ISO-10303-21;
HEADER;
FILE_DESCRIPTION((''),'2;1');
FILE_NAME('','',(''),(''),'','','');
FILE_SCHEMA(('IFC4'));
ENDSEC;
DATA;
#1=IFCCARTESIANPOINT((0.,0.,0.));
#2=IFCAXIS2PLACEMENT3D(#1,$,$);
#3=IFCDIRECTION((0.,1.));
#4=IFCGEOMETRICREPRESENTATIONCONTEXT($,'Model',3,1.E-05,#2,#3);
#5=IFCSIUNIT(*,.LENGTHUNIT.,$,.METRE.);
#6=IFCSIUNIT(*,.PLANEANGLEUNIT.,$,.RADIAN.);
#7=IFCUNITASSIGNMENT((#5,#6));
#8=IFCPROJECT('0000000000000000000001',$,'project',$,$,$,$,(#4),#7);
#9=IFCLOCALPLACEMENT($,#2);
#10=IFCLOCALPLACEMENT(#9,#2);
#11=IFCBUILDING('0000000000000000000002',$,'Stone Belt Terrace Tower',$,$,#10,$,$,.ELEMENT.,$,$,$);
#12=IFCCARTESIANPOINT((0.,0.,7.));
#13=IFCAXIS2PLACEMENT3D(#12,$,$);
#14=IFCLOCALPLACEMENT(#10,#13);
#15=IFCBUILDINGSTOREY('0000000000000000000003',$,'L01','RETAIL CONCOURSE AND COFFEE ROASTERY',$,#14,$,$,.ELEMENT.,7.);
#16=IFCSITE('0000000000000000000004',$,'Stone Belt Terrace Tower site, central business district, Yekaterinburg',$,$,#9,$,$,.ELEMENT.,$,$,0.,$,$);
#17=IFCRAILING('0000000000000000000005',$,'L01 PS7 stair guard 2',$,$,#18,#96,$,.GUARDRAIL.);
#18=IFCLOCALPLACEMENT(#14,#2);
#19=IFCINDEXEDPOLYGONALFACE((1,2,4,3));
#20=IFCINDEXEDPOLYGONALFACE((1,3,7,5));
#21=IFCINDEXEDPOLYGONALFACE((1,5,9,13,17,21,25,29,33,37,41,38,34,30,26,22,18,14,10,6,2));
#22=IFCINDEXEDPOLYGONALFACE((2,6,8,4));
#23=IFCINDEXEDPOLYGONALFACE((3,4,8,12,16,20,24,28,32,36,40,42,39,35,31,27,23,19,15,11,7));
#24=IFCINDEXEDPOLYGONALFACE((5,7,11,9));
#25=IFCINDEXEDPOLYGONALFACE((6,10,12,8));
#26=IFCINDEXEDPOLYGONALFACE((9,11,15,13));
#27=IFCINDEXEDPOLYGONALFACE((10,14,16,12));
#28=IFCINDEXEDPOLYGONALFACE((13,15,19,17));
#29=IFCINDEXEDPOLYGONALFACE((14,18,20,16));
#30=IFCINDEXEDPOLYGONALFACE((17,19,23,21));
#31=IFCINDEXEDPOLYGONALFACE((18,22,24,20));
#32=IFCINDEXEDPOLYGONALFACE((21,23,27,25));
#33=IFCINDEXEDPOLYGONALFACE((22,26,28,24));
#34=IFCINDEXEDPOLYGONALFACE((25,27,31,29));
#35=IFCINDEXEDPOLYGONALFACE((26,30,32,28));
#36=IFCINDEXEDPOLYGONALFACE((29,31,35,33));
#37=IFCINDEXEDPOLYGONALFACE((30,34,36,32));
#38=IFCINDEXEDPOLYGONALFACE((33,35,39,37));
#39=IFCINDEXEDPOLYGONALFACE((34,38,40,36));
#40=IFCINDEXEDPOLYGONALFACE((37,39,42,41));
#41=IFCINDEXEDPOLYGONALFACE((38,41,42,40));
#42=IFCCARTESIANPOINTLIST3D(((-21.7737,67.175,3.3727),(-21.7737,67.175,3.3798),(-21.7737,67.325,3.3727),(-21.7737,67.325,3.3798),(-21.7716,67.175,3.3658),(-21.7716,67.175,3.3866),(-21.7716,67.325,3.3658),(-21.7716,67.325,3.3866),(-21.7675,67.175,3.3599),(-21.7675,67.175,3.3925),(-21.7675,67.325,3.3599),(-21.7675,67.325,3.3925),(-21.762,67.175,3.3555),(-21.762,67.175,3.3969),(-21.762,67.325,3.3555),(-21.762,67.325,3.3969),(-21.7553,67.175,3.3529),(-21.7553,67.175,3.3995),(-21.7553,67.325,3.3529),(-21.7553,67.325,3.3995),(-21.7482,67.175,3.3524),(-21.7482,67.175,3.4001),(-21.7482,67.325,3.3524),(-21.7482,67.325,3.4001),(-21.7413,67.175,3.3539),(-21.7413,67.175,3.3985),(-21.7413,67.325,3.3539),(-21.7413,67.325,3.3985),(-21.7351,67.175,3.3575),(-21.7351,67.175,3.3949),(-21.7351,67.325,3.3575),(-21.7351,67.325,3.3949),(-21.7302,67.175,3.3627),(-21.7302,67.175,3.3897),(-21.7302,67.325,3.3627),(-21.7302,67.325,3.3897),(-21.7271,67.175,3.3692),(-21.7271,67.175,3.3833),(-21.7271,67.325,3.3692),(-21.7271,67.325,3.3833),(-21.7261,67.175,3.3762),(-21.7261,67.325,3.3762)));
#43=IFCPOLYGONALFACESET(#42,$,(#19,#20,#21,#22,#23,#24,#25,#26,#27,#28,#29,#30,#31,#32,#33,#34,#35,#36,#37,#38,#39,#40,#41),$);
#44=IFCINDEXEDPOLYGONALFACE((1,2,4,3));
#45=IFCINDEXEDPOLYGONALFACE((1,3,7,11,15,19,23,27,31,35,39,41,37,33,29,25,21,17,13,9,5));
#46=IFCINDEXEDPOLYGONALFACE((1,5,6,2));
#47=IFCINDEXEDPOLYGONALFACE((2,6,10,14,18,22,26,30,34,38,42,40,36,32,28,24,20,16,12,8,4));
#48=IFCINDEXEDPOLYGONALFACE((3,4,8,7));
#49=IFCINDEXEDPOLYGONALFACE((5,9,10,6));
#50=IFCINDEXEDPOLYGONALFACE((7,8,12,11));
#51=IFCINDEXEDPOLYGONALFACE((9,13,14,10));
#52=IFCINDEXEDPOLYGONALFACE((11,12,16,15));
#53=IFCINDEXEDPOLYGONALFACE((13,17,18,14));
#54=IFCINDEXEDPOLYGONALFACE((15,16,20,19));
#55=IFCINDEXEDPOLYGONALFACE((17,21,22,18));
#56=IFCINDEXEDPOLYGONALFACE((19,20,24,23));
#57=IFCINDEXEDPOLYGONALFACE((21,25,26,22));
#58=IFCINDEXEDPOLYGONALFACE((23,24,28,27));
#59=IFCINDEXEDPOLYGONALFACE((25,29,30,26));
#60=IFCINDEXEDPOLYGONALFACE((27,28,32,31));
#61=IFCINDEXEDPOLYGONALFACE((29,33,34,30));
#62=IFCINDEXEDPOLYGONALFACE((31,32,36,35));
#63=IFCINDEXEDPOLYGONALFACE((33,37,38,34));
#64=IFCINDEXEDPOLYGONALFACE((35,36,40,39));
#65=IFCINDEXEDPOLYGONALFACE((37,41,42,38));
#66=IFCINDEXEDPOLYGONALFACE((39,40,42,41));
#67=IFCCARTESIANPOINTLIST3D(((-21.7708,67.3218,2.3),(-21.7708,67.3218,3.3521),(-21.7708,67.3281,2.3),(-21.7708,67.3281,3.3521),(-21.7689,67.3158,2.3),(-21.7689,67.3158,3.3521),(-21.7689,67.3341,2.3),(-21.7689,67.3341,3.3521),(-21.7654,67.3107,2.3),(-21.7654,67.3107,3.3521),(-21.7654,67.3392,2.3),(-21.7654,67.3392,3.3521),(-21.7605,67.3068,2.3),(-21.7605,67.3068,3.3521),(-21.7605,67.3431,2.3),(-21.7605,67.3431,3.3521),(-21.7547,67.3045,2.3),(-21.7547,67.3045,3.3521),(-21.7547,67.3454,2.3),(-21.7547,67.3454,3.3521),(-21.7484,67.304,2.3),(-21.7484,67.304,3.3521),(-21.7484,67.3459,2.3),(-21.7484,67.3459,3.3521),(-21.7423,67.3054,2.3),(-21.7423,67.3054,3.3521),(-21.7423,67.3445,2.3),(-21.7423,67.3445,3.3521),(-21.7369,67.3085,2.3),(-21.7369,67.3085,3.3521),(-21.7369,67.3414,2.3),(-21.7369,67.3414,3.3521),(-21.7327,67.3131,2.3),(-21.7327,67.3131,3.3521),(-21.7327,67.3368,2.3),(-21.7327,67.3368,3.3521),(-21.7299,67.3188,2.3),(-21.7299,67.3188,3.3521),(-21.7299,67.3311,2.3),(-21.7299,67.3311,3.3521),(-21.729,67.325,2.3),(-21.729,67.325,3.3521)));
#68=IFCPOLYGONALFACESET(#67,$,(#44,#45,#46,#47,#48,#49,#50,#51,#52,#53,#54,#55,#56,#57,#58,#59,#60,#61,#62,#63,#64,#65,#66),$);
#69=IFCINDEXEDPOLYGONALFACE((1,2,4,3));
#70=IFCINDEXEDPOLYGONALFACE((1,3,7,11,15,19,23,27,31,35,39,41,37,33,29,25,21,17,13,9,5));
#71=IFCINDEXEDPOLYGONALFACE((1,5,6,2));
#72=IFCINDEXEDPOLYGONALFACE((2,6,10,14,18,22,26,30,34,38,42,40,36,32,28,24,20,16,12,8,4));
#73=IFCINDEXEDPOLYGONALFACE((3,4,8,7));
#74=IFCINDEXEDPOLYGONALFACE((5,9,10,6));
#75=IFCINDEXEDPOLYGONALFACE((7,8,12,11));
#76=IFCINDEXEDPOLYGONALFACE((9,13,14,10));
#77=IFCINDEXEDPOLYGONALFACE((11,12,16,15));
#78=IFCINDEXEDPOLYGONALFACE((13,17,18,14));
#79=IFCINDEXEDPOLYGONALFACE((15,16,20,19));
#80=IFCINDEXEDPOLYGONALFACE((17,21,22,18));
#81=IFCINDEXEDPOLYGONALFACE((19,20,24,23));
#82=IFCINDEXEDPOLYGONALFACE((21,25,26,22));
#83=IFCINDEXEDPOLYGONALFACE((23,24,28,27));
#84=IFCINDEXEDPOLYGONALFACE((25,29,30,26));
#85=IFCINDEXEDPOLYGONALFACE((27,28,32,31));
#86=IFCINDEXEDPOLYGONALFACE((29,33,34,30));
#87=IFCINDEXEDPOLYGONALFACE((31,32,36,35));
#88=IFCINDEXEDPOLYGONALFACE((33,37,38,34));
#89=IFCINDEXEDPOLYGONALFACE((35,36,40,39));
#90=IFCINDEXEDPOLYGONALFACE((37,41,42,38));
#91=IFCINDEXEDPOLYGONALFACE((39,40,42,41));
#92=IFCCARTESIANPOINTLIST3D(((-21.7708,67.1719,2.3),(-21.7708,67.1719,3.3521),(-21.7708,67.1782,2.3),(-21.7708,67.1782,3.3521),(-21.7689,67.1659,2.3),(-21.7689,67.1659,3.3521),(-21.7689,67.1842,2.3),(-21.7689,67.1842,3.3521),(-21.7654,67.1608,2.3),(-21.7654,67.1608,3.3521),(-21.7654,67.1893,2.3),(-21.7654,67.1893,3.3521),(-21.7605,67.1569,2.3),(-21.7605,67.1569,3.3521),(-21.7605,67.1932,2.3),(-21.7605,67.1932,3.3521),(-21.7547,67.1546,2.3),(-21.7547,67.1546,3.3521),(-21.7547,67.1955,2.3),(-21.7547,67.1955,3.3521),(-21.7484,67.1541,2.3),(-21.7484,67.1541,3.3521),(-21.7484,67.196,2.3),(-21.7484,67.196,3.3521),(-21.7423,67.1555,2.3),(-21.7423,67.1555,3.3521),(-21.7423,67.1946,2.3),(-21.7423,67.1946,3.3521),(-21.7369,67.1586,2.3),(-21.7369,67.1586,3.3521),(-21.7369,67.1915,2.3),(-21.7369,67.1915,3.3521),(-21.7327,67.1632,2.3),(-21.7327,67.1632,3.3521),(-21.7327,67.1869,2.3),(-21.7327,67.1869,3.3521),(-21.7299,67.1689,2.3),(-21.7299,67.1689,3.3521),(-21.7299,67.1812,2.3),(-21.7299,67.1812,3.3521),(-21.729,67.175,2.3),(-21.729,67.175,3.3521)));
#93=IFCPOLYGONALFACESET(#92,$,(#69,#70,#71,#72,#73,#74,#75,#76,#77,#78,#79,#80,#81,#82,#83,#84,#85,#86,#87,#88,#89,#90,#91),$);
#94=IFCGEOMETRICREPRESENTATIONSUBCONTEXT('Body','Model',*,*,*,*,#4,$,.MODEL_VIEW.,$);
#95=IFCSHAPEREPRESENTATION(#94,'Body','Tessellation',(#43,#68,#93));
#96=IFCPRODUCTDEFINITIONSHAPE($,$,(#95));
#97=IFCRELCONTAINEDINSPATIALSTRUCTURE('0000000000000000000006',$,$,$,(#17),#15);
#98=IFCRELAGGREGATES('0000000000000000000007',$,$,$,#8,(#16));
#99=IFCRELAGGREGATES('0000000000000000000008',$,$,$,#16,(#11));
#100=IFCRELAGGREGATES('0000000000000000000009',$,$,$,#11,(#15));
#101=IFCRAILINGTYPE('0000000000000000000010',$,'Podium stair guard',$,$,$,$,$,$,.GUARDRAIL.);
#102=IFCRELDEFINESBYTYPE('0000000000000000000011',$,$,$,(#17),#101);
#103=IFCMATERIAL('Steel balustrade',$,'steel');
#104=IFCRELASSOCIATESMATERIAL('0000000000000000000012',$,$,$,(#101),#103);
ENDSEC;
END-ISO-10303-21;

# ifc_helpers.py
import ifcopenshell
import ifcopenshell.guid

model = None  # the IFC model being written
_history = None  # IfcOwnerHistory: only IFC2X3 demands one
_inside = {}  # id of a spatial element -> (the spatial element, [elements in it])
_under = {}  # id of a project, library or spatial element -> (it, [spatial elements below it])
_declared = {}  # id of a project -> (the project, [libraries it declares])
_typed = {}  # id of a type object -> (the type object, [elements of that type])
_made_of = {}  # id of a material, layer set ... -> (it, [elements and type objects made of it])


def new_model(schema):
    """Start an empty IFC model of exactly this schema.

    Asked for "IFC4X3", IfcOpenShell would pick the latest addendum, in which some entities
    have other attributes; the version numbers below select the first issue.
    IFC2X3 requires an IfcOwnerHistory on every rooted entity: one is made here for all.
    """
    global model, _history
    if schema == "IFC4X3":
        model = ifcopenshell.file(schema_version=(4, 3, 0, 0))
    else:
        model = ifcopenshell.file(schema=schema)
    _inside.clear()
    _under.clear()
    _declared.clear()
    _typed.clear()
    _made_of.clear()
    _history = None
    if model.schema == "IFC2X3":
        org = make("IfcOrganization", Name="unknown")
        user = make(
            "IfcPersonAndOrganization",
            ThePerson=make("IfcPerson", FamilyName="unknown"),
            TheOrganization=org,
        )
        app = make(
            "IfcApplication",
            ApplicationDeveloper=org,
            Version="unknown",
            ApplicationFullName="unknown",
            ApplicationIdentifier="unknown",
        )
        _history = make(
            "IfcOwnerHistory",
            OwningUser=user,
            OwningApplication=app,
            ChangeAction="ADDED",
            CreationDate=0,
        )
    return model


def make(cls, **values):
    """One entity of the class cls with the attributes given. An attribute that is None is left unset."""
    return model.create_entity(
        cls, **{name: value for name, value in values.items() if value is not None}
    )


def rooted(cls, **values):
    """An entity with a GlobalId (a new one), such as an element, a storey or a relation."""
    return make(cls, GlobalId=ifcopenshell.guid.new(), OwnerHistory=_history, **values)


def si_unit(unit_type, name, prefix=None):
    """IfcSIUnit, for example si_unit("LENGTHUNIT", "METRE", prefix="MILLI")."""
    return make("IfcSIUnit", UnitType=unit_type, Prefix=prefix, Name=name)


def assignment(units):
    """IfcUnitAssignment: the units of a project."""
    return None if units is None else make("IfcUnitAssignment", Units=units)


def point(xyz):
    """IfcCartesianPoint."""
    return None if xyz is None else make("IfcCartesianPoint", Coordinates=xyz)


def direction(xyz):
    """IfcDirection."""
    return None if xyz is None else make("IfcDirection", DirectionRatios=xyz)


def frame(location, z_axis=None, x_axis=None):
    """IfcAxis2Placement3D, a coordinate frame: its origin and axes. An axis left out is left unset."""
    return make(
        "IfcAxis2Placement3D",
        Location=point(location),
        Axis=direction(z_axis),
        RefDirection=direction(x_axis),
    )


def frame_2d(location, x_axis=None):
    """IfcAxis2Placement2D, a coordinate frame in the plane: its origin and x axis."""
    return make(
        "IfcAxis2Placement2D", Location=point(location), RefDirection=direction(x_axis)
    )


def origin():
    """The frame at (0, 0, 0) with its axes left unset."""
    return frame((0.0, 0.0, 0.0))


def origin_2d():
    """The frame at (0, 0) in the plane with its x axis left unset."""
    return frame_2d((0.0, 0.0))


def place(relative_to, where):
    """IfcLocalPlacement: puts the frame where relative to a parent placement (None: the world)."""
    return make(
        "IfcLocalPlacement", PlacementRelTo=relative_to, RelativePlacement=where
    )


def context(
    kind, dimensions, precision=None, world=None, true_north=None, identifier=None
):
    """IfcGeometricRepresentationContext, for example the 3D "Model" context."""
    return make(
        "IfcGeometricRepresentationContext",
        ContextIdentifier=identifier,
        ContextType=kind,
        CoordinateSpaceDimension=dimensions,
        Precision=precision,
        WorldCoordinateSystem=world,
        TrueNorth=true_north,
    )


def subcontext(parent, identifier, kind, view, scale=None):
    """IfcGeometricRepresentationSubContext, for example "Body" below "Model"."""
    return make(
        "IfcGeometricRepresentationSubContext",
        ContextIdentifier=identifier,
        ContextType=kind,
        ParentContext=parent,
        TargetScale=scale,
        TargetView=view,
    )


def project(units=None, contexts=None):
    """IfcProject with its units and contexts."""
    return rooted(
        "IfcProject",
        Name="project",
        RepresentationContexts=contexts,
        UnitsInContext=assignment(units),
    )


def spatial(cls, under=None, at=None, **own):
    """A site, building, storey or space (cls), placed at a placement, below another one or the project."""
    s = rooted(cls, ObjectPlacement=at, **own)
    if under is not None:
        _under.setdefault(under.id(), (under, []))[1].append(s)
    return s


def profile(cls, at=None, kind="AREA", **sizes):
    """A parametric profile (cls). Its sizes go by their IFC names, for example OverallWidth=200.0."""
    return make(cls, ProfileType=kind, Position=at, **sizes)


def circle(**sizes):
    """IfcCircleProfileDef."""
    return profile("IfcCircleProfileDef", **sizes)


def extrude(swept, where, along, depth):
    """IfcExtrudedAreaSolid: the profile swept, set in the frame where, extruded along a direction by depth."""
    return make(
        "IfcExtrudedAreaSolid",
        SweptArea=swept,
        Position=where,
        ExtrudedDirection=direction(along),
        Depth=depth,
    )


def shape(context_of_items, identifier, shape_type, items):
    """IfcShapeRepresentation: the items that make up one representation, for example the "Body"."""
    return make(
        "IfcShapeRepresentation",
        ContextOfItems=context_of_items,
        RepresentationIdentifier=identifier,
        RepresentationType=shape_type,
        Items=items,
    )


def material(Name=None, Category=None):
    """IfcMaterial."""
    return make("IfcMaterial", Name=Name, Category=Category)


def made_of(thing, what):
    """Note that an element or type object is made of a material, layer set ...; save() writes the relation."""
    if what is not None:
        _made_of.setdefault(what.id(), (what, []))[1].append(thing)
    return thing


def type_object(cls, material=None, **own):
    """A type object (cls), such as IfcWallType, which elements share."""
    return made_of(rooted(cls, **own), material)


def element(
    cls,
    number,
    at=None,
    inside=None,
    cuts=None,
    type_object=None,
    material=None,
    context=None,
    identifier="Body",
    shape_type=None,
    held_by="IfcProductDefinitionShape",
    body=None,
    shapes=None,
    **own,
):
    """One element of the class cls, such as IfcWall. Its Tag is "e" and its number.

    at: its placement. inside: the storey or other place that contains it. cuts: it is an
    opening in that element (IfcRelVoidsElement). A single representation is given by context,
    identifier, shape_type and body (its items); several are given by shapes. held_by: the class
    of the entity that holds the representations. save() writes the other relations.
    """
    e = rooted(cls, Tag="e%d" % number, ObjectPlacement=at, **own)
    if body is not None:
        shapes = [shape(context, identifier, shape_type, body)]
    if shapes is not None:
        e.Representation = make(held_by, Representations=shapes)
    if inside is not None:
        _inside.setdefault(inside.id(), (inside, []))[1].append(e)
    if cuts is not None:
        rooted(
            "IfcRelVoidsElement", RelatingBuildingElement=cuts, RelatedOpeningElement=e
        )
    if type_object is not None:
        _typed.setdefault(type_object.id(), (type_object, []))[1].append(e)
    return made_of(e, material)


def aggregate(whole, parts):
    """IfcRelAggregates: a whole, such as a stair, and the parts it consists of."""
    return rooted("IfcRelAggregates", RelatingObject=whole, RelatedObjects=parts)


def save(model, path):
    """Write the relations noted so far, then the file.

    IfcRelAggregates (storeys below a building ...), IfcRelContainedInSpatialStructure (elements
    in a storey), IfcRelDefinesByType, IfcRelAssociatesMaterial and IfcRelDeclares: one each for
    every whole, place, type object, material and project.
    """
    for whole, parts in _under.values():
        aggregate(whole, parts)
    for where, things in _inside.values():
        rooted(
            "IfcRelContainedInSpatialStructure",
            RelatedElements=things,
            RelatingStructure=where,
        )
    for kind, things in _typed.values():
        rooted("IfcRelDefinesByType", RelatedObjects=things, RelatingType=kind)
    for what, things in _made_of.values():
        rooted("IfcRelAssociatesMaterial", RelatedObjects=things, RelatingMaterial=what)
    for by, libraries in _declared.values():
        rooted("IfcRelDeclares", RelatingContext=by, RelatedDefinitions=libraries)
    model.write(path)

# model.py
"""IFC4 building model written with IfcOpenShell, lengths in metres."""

from ifc_helpers import new_model, si_unit, direction, frame, origin, origin_2d, place, context, subcontext, project, spatial, circle, extrude, material, type_object, element, save


model = new_model("IFC4")

# Units and contexts
model_context = context("Model", 3, precision=1e-05, world=origin(), true_north=direction((0.0, 1.0)))
body_context = subcontext(model_context, "Body", "Model", "MODEL_VIEW")
ifc_project = project(units=[si_unit("LENGTHUNIT", "METRE"), si_unit("PLANEANGLEUNIT", "RADIAN")], contexts=[model_context])

# Site, building, storey
site_placement = place(None, origin())
site = spatial("IfcSite", under=ifc_project, at=site_placement, Name="Stone Belt Terrace Tower site, central business district, Yekaterinburg", CompositionType="ELEMENT", RefElevation=0.0)
building_placement = place(site_placement, origin())
building = spatial("IfcBuilding", under=site, at=building_placement, Name="Stone Belt Terrace Tower", CompositionType="ELEMENT")
storey_placement = place(building_placement, frame((0.0, 0.0, 7.0)))
storey = spatial("IfcBuildingStorey", under=building, at=storey_placement, Name="L01", Description="RETAIL CONCOURSE AND COFFEE ROASTERY", CompositionType="ELEMENT", Elevation=7.0)

# Railing
ifc_material_1 = material(Name="Steel balustrade", Category="steel")
railing_type_1 = type_object("IfcRailingType", Name="Podium stair guard", PredefinedType="GUARDRAIL", material=ifc_material_1)
railing_1_placement = place(storey_placement, frame((-21.75, 67.325, 2.3)))
element("IfcRailing", 1, at=railing_1_placement, inside=storey, type_object=railing_type_1, Name="L01 PS7 stair guard 2", PredefinedType="GUARDRAIL", context=body_context, shape_type="SweptSolid", body=[
    extrude(circle(Radius=0.0239, at=origin_2d()), frame((0.0, 0.0, 1.0762), z_axis=(0.0, -1.0, 0.0), x_axis=(1.0, 0.0, 0.0)), (0.0, 0.0, 1.0), 0.1499),
    extrude(circle(Radius=0.021, at=origin_2d()), origin(), (0.0, 0.0, 1.0), 1.052),
    extrude(circle(Radius=0.021, at=origin_2d()), frame((0.0, -0.1499, 0.0)), (0.0, 0.0, 1.0), 1.052),
])

save(model, "model.ifc")
